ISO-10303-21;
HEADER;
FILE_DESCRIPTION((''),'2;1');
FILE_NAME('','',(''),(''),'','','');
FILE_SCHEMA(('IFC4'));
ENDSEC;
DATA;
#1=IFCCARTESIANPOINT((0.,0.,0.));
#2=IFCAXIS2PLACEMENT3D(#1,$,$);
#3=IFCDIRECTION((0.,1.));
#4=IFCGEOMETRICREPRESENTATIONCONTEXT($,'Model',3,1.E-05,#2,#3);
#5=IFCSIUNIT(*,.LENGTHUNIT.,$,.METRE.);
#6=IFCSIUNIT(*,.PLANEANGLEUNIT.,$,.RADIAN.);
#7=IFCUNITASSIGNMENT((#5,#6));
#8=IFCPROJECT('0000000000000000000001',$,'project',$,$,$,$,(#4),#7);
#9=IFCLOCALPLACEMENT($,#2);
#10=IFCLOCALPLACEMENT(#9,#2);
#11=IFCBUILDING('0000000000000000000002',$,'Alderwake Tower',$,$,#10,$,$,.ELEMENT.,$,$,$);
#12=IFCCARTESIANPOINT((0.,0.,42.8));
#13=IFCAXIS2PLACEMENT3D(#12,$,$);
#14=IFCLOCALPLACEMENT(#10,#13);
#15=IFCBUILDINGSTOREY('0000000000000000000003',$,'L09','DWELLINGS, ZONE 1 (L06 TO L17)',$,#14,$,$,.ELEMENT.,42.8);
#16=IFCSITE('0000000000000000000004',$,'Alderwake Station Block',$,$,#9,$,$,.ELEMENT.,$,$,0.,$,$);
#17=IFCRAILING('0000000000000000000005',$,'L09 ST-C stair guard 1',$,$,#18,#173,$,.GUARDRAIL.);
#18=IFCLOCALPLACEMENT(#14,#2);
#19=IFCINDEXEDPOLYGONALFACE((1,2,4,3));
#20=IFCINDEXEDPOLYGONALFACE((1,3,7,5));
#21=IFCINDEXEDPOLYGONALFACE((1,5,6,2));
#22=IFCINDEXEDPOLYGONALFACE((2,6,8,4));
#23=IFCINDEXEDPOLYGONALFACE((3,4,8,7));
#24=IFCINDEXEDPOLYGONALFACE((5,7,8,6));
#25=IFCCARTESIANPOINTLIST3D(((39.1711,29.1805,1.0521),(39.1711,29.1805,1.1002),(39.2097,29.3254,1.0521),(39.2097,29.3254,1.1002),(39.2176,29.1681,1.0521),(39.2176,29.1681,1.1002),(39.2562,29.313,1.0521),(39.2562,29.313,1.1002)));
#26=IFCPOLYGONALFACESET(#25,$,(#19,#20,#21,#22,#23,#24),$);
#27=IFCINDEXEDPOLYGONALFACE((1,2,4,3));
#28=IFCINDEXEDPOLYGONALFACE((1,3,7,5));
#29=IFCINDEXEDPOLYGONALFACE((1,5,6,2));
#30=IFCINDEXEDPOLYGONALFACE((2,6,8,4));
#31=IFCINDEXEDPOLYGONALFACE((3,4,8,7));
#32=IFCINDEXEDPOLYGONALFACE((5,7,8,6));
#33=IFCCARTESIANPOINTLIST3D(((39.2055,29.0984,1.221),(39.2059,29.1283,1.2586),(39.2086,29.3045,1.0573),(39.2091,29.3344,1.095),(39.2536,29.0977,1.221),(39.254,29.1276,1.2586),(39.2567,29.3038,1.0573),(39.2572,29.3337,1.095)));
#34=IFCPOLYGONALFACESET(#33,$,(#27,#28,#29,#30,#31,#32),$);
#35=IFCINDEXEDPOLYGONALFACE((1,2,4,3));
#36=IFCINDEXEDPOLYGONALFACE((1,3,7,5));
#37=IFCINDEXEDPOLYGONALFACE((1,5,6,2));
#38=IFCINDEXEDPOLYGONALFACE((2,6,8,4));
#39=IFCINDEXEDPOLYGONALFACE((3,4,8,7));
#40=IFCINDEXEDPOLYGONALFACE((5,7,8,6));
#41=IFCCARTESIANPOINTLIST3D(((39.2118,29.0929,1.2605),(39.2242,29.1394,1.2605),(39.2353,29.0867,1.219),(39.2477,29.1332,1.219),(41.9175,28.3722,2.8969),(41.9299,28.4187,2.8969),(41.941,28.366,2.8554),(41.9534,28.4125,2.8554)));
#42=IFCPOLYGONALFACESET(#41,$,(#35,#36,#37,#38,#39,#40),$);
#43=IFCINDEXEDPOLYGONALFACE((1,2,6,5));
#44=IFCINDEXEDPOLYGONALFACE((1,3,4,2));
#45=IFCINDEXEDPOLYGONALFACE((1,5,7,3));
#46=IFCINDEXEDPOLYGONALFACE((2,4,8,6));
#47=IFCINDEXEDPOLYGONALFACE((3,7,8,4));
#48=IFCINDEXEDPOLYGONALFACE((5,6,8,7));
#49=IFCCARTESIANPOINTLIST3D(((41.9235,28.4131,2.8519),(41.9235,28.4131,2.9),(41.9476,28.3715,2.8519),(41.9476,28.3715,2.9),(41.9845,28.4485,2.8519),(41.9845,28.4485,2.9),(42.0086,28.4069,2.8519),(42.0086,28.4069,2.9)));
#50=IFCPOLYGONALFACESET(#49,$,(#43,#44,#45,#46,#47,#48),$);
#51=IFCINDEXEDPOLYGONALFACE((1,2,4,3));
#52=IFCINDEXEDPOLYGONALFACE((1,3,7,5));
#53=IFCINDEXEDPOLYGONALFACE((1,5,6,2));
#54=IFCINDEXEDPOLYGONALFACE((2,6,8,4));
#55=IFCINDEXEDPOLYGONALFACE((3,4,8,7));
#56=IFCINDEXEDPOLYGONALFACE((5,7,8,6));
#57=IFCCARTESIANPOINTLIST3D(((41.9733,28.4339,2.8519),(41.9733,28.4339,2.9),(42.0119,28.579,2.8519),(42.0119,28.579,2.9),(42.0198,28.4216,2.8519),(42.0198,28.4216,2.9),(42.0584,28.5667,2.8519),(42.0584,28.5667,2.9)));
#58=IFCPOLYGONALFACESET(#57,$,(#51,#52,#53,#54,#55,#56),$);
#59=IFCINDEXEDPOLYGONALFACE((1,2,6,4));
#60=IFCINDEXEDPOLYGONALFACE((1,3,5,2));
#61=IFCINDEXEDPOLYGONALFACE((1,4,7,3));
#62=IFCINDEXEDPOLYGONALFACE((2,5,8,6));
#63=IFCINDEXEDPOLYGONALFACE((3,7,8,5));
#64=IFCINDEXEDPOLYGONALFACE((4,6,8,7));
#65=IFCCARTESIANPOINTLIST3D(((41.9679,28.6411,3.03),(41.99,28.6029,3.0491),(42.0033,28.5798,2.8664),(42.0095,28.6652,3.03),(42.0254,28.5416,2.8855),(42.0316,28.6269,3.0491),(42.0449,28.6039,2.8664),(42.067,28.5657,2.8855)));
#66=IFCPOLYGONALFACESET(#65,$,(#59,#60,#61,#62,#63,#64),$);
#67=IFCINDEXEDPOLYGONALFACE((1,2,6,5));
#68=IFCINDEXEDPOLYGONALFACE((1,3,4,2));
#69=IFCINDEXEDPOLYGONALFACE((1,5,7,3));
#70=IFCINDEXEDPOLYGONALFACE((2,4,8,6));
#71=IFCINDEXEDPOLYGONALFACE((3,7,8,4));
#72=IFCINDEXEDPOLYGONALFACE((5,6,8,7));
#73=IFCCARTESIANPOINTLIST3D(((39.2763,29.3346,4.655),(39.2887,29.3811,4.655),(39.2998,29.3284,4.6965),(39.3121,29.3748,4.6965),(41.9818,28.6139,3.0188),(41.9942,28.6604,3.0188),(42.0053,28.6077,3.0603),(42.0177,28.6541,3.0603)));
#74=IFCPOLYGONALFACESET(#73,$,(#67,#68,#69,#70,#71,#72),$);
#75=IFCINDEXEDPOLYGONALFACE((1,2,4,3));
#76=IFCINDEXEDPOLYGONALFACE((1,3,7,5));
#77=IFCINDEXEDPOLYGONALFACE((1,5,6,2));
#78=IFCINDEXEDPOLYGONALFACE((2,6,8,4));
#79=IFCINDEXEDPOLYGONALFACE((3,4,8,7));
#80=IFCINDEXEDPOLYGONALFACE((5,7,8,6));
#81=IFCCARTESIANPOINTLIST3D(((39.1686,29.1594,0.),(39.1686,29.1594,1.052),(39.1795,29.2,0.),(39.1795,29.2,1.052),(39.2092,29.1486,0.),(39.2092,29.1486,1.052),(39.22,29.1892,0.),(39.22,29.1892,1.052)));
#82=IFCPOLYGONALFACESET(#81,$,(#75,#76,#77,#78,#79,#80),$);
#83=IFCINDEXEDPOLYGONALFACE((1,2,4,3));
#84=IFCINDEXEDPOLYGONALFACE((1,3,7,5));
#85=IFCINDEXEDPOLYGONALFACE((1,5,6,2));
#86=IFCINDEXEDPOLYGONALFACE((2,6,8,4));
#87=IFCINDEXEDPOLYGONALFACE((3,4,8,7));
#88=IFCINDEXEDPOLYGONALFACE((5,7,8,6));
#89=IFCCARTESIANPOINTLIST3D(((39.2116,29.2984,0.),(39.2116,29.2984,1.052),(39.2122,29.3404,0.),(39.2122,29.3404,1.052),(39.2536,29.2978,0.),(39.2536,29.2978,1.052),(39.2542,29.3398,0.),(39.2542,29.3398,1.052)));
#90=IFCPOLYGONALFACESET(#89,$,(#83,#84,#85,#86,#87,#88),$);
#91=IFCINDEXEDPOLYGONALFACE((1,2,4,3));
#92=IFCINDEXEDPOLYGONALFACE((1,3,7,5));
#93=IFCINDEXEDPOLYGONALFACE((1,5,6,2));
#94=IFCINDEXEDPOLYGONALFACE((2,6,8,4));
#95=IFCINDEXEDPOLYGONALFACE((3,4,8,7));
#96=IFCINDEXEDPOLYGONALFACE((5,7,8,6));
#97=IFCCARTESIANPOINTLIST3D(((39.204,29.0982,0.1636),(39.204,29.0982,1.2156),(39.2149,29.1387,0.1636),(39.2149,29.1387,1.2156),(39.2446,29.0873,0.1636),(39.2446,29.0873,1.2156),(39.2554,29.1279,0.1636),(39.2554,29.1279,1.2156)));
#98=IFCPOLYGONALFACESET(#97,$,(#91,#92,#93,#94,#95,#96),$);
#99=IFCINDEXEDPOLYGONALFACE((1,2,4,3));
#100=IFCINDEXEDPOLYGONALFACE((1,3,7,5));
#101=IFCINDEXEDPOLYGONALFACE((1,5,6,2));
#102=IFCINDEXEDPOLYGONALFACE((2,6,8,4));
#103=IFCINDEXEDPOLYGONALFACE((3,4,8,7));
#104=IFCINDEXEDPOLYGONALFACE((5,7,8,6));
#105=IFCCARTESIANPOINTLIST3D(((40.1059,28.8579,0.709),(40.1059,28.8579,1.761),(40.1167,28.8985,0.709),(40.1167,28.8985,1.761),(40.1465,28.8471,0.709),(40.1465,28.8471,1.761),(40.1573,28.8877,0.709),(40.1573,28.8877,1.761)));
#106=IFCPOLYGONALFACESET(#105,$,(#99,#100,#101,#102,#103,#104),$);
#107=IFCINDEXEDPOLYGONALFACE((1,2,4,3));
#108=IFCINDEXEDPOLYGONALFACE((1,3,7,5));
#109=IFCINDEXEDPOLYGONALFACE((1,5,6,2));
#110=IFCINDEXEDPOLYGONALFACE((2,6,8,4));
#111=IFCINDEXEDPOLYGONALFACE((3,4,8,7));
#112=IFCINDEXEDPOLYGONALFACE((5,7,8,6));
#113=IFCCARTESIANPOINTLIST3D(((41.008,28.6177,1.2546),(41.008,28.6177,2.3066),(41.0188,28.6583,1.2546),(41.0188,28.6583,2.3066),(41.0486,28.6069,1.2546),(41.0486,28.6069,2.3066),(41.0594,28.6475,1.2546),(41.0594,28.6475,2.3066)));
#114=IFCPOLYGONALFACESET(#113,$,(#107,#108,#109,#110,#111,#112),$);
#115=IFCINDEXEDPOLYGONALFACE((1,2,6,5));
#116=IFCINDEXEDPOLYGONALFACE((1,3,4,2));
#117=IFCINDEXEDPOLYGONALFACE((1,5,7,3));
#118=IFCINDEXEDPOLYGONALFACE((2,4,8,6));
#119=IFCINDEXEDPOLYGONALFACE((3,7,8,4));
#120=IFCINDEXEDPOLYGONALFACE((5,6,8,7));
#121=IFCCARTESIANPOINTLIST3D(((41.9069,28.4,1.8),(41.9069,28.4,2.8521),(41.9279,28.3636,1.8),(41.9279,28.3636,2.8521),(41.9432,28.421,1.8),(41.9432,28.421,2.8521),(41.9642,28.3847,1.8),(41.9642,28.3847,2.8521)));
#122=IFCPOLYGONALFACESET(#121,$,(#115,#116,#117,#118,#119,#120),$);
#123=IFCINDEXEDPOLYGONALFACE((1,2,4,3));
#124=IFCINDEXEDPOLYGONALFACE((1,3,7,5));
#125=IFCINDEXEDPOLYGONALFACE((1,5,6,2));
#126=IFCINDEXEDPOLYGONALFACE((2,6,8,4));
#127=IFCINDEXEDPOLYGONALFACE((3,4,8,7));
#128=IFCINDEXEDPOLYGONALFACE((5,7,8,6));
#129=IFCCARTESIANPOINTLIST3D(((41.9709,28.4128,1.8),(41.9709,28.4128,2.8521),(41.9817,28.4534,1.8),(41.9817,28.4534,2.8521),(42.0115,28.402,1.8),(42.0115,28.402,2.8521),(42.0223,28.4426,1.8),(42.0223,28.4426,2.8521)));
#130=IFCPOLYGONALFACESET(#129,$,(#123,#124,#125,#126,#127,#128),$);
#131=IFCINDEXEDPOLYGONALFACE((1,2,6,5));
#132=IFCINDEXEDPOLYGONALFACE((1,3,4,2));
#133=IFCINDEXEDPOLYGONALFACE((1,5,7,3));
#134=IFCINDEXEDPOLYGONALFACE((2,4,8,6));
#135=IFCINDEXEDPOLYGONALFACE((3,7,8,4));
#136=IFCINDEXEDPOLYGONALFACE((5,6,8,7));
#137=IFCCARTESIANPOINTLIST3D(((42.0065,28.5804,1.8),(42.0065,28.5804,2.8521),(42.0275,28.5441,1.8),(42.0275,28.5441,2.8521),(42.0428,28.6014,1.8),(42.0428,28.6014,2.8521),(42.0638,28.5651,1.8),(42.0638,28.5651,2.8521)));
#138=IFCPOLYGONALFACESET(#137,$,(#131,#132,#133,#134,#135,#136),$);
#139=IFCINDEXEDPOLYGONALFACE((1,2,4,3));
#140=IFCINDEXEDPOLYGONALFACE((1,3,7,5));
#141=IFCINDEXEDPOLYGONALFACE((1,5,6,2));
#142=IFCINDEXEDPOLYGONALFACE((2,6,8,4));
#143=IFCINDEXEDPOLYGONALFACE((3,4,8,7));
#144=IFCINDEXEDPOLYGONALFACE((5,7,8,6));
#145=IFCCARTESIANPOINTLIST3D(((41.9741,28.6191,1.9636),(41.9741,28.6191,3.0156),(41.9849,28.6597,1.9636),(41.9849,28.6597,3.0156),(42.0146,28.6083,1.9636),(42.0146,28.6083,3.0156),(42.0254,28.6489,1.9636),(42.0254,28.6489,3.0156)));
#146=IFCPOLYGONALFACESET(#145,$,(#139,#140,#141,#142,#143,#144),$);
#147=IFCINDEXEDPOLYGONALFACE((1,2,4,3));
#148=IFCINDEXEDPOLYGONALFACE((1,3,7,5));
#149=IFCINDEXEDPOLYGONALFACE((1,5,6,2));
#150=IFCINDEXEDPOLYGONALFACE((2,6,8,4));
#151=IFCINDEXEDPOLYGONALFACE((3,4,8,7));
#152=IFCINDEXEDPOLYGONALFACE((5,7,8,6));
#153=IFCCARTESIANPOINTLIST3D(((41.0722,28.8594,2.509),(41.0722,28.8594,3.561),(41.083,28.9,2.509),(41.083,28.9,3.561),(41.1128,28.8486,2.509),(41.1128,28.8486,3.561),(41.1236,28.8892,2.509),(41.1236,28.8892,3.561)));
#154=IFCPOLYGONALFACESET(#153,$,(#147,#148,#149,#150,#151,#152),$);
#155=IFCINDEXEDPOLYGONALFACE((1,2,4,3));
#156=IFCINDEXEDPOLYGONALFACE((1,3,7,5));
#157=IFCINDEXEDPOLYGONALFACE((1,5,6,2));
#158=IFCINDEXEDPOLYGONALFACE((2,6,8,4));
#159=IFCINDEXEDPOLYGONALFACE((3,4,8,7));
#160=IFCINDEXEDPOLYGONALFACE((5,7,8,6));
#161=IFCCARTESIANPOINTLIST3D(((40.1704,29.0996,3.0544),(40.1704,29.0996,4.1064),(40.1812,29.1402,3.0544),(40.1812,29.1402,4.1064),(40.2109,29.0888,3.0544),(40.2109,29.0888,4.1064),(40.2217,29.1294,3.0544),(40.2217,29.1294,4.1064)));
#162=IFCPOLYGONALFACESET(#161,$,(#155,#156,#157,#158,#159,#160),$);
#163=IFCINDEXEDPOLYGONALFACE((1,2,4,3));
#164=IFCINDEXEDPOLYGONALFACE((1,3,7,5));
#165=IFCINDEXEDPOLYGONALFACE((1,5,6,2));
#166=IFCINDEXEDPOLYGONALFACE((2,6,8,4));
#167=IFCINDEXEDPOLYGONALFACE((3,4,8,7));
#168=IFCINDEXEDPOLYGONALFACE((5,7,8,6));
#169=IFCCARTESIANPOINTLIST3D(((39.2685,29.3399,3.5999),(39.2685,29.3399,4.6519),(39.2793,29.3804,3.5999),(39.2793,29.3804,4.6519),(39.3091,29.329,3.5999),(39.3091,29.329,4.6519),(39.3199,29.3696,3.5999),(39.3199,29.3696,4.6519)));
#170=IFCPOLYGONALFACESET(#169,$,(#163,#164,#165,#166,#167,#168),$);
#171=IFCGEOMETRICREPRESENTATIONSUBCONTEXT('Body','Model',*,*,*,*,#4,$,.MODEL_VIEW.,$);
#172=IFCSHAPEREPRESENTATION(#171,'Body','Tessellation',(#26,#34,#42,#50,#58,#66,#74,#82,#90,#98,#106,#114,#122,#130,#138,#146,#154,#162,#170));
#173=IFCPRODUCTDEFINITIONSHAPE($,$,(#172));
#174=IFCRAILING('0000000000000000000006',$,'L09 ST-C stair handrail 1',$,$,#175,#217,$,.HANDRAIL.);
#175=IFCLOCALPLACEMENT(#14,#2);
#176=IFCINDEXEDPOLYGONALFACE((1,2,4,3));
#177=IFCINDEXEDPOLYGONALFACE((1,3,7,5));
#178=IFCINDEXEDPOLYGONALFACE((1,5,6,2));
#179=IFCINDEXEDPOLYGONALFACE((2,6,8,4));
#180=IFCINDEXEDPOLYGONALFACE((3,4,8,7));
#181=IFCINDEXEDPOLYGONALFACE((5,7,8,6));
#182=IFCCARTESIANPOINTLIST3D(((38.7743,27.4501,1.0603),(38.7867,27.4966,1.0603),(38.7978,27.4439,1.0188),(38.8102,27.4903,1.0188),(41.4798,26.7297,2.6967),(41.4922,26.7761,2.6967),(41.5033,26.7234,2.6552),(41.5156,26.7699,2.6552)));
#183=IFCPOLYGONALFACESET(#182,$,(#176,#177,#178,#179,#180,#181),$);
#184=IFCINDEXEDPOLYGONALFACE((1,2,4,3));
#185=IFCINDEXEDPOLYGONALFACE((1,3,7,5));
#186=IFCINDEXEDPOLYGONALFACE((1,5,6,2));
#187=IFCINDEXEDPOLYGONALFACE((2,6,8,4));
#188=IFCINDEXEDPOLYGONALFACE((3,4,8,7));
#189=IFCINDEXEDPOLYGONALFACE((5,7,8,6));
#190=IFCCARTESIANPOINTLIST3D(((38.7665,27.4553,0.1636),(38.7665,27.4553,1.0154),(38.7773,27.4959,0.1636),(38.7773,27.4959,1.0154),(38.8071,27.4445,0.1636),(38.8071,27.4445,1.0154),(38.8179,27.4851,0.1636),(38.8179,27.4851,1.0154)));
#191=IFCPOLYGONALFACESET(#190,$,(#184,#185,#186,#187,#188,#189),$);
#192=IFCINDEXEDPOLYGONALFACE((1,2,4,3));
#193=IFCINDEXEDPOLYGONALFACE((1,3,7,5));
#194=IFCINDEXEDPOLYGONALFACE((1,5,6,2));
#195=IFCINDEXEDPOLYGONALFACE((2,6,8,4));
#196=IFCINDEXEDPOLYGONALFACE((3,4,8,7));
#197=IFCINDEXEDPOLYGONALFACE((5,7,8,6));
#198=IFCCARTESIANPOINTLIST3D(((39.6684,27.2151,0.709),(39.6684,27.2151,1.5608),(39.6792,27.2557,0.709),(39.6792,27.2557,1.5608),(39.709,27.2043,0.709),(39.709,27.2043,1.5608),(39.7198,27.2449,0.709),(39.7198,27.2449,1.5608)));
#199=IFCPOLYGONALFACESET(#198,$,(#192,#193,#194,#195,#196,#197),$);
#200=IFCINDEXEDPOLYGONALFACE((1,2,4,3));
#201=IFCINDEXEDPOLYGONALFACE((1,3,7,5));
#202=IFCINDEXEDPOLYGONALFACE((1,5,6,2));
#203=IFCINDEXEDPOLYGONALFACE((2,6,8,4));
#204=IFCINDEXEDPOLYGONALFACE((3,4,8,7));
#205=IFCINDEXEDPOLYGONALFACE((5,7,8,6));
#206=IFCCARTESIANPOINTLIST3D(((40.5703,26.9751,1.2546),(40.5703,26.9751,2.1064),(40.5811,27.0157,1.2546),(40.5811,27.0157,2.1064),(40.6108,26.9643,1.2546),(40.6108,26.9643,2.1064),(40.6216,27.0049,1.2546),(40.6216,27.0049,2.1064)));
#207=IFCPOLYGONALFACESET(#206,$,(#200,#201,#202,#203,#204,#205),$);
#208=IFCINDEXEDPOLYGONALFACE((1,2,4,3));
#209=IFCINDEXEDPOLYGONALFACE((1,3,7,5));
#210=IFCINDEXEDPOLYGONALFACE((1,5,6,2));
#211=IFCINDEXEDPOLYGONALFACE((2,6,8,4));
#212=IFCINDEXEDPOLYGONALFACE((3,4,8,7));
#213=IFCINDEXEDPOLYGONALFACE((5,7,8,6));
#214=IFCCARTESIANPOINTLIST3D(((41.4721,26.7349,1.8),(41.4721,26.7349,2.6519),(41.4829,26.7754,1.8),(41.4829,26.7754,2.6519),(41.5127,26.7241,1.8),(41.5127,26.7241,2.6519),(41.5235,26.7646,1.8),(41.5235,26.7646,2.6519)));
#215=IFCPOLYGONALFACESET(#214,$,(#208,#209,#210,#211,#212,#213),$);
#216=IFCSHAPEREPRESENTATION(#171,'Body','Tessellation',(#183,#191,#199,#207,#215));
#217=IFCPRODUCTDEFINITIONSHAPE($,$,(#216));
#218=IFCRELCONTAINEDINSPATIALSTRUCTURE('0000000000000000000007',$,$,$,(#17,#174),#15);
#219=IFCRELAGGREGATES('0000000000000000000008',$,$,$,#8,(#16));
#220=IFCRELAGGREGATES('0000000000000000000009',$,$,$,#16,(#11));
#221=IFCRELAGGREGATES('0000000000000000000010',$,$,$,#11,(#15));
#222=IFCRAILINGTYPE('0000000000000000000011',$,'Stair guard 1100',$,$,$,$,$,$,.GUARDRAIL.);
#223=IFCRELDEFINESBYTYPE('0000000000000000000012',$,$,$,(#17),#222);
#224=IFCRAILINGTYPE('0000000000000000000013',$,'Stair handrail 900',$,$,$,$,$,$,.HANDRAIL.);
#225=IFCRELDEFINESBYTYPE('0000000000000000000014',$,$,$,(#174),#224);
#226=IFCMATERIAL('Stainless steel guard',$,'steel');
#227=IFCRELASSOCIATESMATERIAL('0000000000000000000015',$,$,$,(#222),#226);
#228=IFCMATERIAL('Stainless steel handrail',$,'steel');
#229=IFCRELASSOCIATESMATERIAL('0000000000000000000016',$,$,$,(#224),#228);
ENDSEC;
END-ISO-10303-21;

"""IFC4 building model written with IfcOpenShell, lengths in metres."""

from ifc_helpers import new_model, si_unit, direction, frame, origin, origin_2d, place, context, subcontext, project, spatial, rectangle, extrude, material, type_object, element, save


model = new_model("IFC4")

# Units and contexts
model_context = context("Model", 3, precision=1e-05, world=origin(), true_north=direction((0.0, 1.0)))
body_context = subcontext(model_context, "Body", "Model", "MODEL_VIEW")
ifc_project = project(units=[si_unit("LENGTHUNIT", "METRE"), si_unit("PLANEANGLEUNIT", "RADIAN")], contexts=[model_context])

# Site, building, storey
site_placement = place(None, origin())
site = spatial("IfcSite", under=ifc_project, at=site_placement, Name="Alderwake Station Block", CompositionType="ELEMENT", RefElevation=0.0)
building_placement = place(site_placement, origin())
building = spatial("IfcBuilding", under=site, at=building_placement, Name="Alderwake Tower", CompositionType="ELEMENT")
storey_placement = place(building_placement, frame((0.0, 0.0, 42.8)))
storey = spatial("IfcBuildingStorey", under=building, at=storey_placement, Name="L09", Description="DWELLINGS, ZONE 1 (L06 TO L17)", CompositionType="ELEMENT", Elevation=42.8)

# Railings
ifc_material_1 = material(Name="Stainless steel guard", Category="steel")
railing_type_1 = type_object("IfcRailingType", Name="Stair guard 1100", PredefinedType="GUARDRAIL", material=ifc_material_1)
railing_1_placement = place(storey_placement, frame((39.1943, 29.1743, 0.0)))
element("IfcRailing", 1, at=railing_1_placement, inside=storey, type_object=railing_type_1, Name="L09 ST-C stair guard 1", PredefinedType="GUARDRAIL", context=body_context, shape_type="SweptSolid", body=[
    extrude(rectangle(XDim=0.0481, YDim=0.0481, at=origin_2d()), frame((0.0, 0.0, 1.0762), z_axis=(0.25746, 0.966289, 0.0), x_axis=(-0.966289, 0.25746, 0.0)), (0.0, 0.0, 1.0), 0.1499),
    extrude(rectangle(XDim=0.0481, YDim=0.0481, at=origin_2d()), frame((0.0386, 0.1448, 1.0762), z_axis=(-0.012063, -0.78316, 0.621703), x_axis=(0.999881, -0.015401, 0.0)), (0.0, 0.0, 1.0), 0.2632),
    extrude(rectangle(XDim=0.0481, YDim=0.0481, at=origin_2d()), frame((0.0354, -0.0613, 1.2397), z_axis=(0.834282, -0.222214, 0.504574), x_axis=(0.25738, 0.96631, 0.0)), (0.0, 0.0, 1.0), 3.2432),
    extrude(rectangle(XDim=0.0481, YDim=0.0481, at=origin_2d()), frame((2.7412, -0.782, 2.876), z_axis=(0.865031, 0.501718, 0.0), x_axis=(-0.501718, 0.865031, 0.0)), (0.0, 0.0, 1.0), 0.0706),
    extrude(rectangle(XDim=0.0481, YDim=0.0481, at=origin_2d()), frame((2.8022, -0.7466, 2.876), z_axis=(0.257055, 0.966397, 0.0), x_axis=(-0.966397, 0.257055, 0.0)), (0.0, 0.0, 1.0), 0.1501),
    extrude(rectangle(XDim=0.0481, YDim=0.0481, at=origin_2d()), frame((2.8408, -0.6016, 2.876), z_axis=(-0.198625, 0.343827, 0.917786), x_axis=(-0.865898, -0.50022, 0.0)), (0.0, 0.0, 1.0), 0.1782),
    extrude(rectangle(XDim=0.0481, YDim=0.0481, at=origin_2d()), frame((2.8054, -0.5403, 3.0396), z_axis=(-0.834291, 0.222237, 0.504549), x_axis=(-0.257402, -0.966304, 0.0)), (0.0, 0.0, 1.0), 3.2429),
    extrude(rectangle(XDim=0.042, YDim=0.042, at=origin_2d()), frame((0.0, 0.0, 0.0), z_axis=(0.0, 0.0, 1.0), x_axis=(0.25746, 0.966289, 0.0)), (0.0, 0.0, 1.0), 1.052),
    extrude(rectangle(XDim=0.042, YDim=0.042, at=origin_2d()), frame((0.0386, 0.1448, 0.0), z_axis=(0.0, 0.0, 1.0), x_axis=(-0.015401, -0.999881, 0.0)), (0.0, 0.0, 1.0), 1.052),
    extrude(rectangle(XDim=0.042, YDim=0.042, at=origin_2d()), frame((0.0354, -0.0613, 0.1636), z_axis=(0.0, 0.0, 1.0), x_axis=(0.96631, -0.25738, 0.0)), (0.0, 0.0, 1.0), 1.052),
    extrude(rectangle(XDim=0.042, YDim=0.042, at=origin_2d()), frame((0.9373, -0.3015, 0.709), z_axis=(0.0, 0.0, 1.0), x_axis=(0.96631, -0.25738, 0.0)), (0.0, 0.0, 1.0), 1.052),
    extrude(rectangle(XDim=0.042, YDim=0.042, at=origin_2d()), frame((1.8394, -0.5417, 1.2546), z_axis=(0.0, 0.0, 1.0), x_axis=(0.96631, -0.25738, 0.0)), (0.0, 0.0, 1.0), 1.052),
    extrude(rectangle(XDim=0.042, YDim=0.042, at=origin_2d()), frame((2.7412, -0.782, 1.8), z_axis=(0.0, 0.0, 1.0), x_axis=(0.865031, 0.501718, 0.0)), (0.0, 0.0, 1.0), 1.052),
    extrude(rectangle(XDim=0.042, YDim=0.042, at=origin_2d()), frame((2.8022, -0.7466, 1.8), z_axis=(0.0, 0.0, 1.0), x_axis=(0.257055, 0.966397, 0.0)), (0.0, 0.0, 1.0), 1.052),
    extrude(rectangle(XDim=0.042, YDim=0.042, at=origin_2d()), frame((2.8408, -0.6016, 1.8), z_axis=(0.0, 0.0, 1.0), x_axis=(-0.50022, 0.865898, 0.0)), (0.0, 0.0, 1.0), 1.052),
    extrude(rectangle(XDim=0.042, YDim=0.042, at=origin_2d()), frame((2.8054, -0.5403, 1.9636), z_axis=(0.0, 0.0, 1.0), x_axis=(-0.966304, 0.257402, 0.0)), (0.0, 0.0, 1.0), 1.052),
    extrude(rectangle(XDim=0.042, YDim=0.042, at=origin_2d()), frame((1.9036, -0.3, 2.509), z_axis=(0.0, 0.0, 1.0), x_axis=(-0.966304, 0.257402, 0.0)), (0.0, 0.0, 1.0), 1.052),
    extrude(rectangle(XDim=0.042, YDim=0.042, at=origin_2d()), frame((1.0017, -0.0598, 3.0544), z_axis=(0.0, 0.0, 1.0), x_axis=(-0.966304, 0.257402, 0.0)), (0.0, 0.0, 1.0), 1.052),
    extrude(rectangle(XDim=0.042, YDim=0.042, at=origin_2d()), frame((0.0999, 0.1804, 3.5999), z_axis=(0.0, 0.0, 1.0), x_axis=(-0.966304, 0.257402, 0.0)), (0.0, 0.0, 1.0), 1.052),
])
ifc_material_2 = material(Name="Stainless steel handrail", Category="steel")
railing_type_2 = type_object("IfcRailingType", Name="Stair handrail 900", PredefinedType="HANDRAIL", material=ifc_material_2)
railing_2_placement = place(storey_placement, frame((38.7922, 27.4702, 0.1636)))
element("IfcRailing", 2, at=railing_2_placement, inside=storey, type_object=railing_type_2, Name="L09 ST-C stair handrail 1", PredefinedType="HANDRAIL", context=body_context, shape_type="SweptSolid", body=[
    extrude(rectangle(XDim=0.0481, YDim=0.0481, at=origin_2d()), frame((0.0, 0.0, 0.876), z_axis=(0.834273, -0.222157, 0.504614), x_axis=(0.257321, 0.966326, 0.0)), (0.0, 0.0, 1.0), 3.2429),
    extrude(rectangle(XDim=0.042, YDim=0.042, at=origin_2d()), frame((0.0, 0.0, 0.0), z_axis=(0.0, 0.0, 1.0), x_axis=(0.966326, -0.257321, 0.0)), (0.0, 0.0, 1.0), 0.8518),
    extrude(rectangle(XDim=0.042, YDim=0.042, at=origin_2d()), frame((0.9019, -0.2402, 0.5454), z_axis=(0.0, 0.0, 1.0), x_axis=(0.966326, -0.257321, 0.0)), (0.0, 0.0, 1.0), 0.8518),
    extrude(rectangle(XDim=0.042, YDim=0.042, at=origin_2d()), frame((1.8037, -0.4802, 1.0911), z_axis=(0.0, 0.0, 1.0), x_axis=(0.966326, -0.257321, 0.0)), (0.0, 0.0, 1.0), 0.8518),
    extrude(rectangle(XDim=0.042, YDim=0.042, at=origin_2d()), frame((2.7056, -0.7205, 1.6365), z_axis=(0.0, 0.0, 1.0), x_axis=(0.966326, -0.257321, 0.0)), (0.0, 0.0, 1.0), 0.8518),
])

save(model, "model.ifc")
